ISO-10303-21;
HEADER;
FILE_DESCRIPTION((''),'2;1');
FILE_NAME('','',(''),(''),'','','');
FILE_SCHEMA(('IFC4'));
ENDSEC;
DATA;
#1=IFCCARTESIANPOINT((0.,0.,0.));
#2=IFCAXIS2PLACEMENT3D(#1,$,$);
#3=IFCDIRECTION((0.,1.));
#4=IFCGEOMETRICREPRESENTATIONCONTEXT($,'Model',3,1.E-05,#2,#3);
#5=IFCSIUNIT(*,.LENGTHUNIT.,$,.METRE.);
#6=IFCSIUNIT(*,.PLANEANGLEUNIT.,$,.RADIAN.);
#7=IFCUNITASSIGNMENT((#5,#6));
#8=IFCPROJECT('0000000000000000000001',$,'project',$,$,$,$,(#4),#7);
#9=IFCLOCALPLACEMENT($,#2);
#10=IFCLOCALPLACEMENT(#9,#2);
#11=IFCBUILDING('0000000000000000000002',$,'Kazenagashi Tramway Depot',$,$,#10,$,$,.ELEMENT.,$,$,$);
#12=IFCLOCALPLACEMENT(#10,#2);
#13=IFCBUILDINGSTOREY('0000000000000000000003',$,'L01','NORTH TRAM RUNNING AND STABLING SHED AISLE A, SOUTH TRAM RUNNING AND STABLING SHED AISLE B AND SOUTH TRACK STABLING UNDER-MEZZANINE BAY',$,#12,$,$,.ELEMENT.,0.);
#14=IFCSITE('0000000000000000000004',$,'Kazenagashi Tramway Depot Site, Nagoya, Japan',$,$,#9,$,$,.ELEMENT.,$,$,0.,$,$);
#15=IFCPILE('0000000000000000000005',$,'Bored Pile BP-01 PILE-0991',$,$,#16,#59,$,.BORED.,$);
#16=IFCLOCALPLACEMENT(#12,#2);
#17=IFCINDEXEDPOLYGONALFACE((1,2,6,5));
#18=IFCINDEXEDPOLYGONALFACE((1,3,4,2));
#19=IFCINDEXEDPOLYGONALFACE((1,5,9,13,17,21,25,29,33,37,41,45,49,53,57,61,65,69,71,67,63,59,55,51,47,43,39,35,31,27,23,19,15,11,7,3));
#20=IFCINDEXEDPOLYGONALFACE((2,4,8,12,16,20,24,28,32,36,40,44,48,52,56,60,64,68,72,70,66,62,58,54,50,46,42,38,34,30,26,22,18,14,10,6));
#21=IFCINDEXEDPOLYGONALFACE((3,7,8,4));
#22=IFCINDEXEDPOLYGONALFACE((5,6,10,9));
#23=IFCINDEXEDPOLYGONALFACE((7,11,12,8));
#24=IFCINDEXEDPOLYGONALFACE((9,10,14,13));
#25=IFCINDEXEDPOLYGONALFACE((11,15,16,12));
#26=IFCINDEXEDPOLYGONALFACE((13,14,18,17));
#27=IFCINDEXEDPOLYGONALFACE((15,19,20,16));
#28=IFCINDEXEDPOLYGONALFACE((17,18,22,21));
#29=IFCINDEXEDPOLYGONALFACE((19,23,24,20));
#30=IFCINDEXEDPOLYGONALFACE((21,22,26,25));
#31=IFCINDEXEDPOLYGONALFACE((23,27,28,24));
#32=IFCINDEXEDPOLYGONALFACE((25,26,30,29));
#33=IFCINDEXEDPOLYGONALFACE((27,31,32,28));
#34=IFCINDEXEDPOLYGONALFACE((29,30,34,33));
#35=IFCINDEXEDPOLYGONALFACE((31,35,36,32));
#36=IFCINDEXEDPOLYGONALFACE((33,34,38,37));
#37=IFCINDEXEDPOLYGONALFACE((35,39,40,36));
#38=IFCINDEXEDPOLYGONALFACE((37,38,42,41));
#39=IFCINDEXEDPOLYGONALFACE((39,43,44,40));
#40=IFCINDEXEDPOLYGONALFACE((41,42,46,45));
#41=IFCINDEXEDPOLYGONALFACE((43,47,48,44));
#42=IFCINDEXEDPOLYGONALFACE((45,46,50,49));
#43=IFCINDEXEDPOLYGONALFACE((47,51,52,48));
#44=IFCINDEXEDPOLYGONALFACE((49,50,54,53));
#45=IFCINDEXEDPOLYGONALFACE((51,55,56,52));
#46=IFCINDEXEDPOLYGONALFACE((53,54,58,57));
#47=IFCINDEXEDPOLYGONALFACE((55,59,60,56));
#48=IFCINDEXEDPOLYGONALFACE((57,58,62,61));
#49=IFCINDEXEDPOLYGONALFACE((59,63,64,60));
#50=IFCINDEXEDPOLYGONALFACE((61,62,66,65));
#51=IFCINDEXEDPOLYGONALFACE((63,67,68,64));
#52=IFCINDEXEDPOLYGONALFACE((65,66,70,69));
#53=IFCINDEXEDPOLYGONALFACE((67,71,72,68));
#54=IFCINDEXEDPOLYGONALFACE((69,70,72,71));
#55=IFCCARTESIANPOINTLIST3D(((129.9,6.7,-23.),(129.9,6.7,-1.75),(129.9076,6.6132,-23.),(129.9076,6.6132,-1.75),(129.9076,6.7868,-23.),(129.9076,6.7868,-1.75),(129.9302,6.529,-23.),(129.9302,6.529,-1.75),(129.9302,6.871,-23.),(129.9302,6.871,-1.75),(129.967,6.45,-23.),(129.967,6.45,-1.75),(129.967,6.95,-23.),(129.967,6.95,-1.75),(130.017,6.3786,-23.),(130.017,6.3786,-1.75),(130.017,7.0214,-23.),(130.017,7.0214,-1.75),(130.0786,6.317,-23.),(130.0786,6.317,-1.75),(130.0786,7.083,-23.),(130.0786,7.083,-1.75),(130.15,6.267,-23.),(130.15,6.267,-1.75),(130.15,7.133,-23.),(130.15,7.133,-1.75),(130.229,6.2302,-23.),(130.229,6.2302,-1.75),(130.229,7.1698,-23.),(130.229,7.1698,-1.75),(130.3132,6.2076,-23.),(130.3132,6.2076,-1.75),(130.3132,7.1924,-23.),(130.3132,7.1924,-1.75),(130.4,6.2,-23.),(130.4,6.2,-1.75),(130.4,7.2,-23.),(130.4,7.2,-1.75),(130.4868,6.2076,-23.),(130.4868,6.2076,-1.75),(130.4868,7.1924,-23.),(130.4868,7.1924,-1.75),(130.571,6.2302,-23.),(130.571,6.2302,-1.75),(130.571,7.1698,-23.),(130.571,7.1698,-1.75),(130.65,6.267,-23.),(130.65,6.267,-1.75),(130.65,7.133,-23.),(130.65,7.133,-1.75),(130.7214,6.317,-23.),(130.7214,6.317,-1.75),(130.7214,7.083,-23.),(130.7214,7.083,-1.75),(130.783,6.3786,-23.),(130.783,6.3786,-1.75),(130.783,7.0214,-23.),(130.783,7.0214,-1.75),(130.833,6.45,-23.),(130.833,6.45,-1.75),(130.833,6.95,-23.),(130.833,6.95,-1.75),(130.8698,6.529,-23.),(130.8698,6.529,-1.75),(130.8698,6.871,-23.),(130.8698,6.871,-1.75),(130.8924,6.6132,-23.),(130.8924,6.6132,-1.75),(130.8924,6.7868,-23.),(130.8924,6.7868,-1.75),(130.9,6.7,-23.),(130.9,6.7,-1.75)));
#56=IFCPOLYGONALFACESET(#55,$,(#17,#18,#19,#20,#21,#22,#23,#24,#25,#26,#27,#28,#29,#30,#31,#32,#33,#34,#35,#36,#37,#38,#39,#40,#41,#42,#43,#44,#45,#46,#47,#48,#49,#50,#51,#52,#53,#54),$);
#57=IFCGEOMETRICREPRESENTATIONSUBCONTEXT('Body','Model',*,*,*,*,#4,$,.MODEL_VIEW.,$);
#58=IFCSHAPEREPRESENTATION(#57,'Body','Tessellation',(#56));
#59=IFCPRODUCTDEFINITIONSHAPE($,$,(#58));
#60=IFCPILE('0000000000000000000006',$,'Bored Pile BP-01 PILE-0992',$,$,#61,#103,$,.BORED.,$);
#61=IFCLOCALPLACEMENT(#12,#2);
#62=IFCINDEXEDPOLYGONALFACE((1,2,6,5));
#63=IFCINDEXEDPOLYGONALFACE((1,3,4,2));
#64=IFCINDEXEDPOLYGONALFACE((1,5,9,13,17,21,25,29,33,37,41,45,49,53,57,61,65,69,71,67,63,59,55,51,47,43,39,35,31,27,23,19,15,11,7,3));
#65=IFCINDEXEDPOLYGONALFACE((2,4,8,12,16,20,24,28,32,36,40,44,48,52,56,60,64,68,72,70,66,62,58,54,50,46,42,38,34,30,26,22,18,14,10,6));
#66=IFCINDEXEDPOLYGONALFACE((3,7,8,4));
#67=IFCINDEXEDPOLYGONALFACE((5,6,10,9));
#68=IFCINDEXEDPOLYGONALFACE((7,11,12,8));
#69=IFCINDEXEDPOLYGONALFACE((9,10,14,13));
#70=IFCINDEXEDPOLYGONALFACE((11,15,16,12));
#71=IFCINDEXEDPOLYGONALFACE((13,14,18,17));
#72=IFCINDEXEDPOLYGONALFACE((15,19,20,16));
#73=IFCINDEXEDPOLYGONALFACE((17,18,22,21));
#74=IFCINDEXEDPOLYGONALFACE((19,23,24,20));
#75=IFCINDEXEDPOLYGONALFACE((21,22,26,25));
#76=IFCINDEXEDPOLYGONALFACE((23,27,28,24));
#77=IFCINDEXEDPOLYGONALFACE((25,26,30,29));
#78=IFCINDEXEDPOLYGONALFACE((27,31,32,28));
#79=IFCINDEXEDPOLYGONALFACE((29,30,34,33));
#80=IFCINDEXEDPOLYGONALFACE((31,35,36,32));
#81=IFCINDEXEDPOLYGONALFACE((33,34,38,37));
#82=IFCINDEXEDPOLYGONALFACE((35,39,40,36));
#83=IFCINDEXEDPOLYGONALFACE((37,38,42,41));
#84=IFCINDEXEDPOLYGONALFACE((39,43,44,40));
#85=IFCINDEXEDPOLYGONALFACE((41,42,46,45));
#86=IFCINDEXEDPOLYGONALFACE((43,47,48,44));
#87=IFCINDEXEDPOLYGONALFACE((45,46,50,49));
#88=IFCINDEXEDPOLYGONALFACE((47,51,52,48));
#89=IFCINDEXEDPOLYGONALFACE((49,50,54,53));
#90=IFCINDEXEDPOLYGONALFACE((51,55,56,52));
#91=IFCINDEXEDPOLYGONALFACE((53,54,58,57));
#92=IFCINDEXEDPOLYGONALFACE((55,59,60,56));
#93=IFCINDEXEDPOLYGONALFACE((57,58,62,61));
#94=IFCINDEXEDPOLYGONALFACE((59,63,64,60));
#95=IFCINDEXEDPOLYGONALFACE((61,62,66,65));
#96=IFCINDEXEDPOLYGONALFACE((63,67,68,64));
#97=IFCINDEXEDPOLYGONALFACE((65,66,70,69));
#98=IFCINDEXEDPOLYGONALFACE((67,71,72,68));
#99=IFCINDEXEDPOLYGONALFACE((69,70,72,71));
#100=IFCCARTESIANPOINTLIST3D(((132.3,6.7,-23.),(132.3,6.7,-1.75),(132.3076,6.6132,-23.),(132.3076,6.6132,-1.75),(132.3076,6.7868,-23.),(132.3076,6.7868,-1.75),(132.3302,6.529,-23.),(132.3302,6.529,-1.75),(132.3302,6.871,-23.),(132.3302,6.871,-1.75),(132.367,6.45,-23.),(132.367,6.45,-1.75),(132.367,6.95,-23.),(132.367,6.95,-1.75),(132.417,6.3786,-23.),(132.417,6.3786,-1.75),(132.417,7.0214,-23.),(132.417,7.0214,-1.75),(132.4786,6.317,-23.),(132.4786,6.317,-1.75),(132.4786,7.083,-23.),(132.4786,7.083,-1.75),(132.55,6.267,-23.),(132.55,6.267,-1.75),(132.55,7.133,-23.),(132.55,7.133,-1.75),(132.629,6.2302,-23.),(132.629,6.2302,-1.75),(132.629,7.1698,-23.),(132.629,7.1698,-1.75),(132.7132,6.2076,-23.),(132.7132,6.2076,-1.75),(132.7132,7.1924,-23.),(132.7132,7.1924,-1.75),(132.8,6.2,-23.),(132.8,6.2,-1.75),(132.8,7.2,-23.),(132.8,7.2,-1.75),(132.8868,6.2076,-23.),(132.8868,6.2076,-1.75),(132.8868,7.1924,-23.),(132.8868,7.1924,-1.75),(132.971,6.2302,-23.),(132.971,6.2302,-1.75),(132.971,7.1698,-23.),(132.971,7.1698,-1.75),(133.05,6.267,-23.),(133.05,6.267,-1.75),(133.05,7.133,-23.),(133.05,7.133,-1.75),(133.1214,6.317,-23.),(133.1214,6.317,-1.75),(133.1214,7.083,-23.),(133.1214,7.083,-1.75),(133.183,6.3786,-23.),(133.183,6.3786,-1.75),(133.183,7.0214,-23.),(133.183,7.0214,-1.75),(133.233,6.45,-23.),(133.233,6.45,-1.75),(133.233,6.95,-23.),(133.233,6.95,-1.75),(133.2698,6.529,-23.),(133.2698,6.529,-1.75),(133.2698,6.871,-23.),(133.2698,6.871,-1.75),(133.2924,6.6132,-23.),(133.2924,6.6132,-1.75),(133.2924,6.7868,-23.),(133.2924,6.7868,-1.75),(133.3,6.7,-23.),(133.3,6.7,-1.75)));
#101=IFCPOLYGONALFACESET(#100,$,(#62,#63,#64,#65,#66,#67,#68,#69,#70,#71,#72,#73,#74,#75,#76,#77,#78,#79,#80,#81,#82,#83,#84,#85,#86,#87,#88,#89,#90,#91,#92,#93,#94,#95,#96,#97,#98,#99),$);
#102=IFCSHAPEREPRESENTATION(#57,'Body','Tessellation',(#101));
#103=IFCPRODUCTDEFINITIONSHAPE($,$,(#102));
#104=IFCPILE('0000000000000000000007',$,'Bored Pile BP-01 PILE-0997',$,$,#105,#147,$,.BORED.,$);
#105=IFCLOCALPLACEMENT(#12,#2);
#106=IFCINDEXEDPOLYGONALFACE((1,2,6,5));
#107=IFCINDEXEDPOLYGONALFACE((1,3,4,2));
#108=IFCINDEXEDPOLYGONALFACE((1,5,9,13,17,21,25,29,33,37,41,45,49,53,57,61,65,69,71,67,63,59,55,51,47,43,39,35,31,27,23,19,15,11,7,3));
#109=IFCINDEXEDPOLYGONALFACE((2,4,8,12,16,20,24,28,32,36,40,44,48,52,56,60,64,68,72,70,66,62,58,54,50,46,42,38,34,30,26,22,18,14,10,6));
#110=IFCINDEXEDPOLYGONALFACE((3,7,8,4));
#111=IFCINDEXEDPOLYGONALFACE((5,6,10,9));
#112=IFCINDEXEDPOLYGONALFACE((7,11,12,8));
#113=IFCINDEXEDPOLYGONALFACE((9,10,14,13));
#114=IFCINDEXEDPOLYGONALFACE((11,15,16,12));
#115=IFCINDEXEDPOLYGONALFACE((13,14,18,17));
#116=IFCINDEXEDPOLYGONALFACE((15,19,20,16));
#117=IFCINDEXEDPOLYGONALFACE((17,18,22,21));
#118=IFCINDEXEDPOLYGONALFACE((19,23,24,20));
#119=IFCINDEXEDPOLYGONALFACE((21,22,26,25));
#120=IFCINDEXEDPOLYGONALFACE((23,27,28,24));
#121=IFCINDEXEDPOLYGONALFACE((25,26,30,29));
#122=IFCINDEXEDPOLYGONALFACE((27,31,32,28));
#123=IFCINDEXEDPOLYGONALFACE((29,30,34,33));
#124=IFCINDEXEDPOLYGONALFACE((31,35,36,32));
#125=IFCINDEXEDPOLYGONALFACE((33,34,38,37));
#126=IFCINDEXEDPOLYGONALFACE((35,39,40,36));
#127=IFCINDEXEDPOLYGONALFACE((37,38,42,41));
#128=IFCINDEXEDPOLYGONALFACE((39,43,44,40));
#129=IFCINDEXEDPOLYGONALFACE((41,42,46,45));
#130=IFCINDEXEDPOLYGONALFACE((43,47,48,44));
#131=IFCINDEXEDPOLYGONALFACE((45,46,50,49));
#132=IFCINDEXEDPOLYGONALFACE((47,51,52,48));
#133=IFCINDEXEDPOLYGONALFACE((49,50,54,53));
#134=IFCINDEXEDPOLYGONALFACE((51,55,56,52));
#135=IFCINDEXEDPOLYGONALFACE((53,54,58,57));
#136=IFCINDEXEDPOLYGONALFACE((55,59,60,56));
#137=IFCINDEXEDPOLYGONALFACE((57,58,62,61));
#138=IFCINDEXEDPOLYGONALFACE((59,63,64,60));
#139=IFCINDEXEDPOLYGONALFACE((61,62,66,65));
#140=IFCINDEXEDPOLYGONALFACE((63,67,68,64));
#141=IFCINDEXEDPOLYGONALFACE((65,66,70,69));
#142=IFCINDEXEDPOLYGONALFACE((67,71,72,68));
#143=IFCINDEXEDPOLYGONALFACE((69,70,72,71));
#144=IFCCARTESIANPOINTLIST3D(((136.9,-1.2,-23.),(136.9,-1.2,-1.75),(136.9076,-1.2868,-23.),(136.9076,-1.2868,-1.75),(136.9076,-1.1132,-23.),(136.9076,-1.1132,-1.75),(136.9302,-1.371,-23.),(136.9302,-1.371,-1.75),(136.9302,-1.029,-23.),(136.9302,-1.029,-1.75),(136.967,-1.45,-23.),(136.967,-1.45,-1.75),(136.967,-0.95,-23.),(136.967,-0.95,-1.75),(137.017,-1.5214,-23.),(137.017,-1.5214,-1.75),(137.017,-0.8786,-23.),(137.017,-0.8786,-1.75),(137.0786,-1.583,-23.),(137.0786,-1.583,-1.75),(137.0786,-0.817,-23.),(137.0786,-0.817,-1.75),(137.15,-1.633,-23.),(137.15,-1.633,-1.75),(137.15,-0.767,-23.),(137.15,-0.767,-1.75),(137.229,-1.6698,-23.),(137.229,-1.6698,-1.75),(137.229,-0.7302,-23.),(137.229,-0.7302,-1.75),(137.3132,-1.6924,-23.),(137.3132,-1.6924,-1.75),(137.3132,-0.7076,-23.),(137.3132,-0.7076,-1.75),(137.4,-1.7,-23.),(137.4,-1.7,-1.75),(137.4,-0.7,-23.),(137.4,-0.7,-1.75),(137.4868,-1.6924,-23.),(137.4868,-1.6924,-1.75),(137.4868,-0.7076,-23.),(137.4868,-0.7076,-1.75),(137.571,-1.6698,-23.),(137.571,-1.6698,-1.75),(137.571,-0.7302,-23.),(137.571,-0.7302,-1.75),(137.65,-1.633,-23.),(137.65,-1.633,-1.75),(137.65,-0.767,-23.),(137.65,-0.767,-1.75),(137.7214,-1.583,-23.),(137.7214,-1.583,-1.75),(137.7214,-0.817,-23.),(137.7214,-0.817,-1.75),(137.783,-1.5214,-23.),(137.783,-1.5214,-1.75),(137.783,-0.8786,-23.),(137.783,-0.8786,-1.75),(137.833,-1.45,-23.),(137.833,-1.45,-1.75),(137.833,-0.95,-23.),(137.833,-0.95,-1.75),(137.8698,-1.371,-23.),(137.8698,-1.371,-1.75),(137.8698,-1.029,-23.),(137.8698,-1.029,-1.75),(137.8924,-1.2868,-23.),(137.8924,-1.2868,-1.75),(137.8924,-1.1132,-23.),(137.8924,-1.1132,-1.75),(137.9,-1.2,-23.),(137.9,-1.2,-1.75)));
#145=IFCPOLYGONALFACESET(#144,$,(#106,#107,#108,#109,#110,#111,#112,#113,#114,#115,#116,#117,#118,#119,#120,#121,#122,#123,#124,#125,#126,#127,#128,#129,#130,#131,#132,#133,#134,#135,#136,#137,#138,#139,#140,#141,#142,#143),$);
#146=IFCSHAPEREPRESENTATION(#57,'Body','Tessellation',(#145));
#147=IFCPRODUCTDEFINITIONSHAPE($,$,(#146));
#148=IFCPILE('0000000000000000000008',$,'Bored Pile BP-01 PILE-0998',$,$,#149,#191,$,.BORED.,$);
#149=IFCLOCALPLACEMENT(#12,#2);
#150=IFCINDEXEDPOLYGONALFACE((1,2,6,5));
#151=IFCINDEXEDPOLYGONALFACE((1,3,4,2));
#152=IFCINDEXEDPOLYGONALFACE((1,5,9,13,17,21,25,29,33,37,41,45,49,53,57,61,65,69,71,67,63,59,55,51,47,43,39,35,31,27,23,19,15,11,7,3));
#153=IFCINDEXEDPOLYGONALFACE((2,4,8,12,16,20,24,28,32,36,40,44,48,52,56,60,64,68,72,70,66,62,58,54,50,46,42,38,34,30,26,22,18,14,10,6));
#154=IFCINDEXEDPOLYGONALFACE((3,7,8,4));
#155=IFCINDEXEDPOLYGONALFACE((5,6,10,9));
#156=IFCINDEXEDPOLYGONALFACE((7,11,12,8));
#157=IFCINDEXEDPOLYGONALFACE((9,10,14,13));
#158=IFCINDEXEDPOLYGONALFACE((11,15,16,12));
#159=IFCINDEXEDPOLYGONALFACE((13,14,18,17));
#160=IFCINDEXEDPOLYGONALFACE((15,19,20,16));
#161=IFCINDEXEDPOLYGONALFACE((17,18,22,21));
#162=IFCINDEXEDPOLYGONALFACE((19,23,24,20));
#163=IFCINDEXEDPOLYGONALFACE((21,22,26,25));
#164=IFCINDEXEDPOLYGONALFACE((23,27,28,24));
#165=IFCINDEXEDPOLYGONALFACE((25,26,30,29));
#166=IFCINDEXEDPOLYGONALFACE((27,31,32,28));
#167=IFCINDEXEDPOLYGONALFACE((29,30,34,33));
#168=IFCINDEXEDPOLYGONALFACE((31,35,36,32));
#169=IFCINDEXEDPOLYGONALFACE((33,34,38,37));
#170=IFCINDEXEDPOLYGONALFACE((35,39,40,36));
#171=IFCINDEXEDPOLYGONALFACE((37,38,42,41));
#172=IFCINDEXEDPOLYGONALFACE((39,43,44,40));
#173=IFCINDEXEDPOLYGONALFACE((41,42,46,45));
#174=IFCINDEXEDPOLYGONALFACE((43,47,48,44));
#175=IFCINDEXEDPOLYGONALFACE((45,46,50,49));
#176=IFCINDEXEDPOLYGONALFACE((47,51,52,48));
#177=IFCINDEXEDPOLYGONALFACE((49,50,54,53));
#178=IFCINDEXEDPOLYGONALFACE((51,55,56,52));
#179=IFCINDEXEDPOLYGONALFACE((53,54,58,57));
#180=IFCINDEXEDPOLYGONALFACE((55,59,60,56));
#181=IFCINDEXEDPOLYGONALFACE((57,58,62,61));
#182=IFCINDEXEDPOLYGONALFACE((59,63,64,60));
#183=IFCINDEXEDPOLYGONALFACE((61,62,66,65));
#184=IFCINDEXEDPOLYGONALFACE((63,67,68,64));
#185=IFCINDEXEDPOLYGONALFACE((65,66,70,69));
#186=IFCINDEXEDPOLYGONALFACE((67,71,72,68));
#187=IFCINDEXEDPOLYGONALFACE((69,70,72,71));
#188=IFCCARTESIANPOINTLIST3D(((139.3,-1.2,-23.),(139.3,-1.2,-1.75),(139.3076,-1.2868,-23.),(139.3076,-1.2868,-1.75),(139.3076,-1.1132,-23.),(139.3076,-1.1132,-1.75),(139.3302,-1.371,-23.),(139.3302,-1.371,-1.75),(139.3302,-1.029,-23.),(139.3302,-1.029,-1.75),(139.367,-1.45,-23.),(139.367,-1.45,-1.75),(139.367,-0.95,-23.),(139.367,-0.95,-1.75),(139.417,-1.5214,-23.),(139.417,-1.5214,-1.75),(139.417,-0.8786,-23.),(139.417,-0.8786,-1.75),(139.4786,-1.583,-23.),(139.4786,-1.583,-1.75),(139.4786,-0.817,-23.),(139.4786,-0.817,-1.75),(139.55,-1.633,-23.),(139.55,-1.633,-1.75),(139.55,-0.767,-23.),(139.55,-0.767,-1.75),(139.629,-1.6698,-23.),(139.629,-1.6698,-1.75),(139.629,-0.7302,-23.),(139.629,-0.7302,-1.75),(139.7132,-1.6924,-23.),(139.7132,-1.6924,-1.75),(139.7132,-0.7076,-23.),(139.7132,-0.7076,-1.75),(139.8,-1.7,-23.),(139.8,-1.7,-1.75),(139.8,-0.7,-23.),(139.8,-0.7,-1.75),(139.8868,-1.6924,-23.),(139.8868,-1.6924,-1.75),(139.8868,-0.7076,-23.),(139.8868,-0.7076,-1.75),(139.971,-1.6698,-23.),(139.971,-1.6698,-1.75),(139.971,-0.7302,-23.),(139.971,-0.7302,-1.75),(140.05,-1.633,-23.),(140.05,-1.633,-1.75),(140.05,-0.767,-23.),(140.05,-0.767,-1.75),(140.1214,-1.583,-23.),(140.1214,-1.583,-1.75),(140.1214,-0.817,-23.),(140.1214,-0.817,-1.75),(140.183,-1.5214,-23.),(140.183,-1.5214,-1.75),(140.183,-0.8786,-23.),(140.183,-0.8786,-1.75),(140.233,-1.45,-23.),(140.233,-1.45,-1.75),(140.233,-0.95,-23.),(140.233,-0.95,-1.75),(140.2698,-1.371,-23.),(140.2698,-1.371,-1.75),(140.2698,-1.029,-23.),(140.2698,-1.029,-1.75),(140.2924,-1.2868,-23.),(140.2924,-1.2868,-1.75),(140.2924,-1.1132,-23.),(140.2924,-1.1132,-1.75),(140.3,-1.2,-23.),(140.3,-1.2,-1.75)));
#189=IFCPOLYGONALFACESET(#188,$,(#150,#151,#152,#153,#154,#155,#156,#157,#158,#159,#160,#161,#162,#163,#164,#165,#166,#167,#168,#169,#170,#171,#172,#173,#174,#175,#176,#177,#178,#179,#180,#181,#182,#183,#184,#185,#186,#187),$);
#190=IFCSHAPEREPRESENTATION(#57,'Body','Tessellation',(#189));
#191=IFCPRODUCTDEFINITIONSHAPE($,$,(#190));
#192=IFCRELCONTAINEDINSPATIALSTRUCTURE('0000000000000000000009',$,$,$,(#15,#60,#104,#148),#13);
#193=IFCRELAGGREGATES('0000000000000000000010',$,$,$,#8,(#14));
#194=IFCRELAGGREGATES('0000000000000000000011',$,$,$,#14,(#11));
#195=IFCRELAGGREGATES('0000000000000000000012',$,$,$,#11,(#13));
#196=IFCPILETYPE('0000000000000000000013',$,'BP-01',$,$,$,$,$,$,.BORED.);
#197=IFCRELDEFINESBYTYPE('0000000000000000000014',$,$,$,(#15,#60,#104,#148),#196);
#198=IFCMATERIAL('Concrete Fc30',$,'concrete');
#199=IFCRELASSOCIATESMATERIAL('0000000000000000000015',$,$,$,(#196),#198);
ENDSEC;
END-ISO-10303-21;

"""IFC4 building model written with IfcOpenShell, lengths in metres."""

from ifc_helpers import new_model, si_unit, direction, frame, origin, origin_2d, place, context, subcontext, project, spatial, circle, extrude, material, material_profile, profile_set, type_object, element, save


model = new_model("IFC4")

# Units and contexts
model_context = context("Model", 3, precision=1e-05, world=origin(), true_north=direction((0.0, 1.0)))
body_context = subcontext(model_context, "Body", "Model", "MODEL_VIEW")
ifc_project = project(units=[si_unit("LENGTHUNIT", "METRE"), si_unit("PLANEANGLEUNIT", "RADIAN")], contexts=[model_context])

# Site, building, storey
site_placement = place(None, origin())
site = spatial("IfcSite", under=ifc_project, at=site_placement, Name="Kazenagashi Tramway Depot Site, Nagoya, Japan", CompositionType="ELEMENT", RefElevation=0.0)
building_placement = place(site_placement, origin())
building = spatial("IfcBuilding", under=site, at=building_placement, Name="Kazenagashi Tramway Depot", CompositionType="ELEMENT")
storey_placement = place(building_placement, origin())
storey = spatial("IfcBuildingStorey", under=building, at=storey_placement, Name="L01", Description="NORTH TRAM RUNNING AND STABLING SHED AISLE A, SOUTH TRAM RUNNING AND STABLING SHED AISLE B AND SOUTH TRACK STABLING UNDER-MEZZANINE BAY", CompositionType="ELEMENT", Elevation=0.0)

# Piles
ifc_material_1 = material(Name="Concrete Fc30", Category="concrete")
ifc_material_profile_1 = material_profile(ifc_material_1, circle(Radius=0.5, at=origin_2d()), Name="PILE-1000")
ifc_profile_set_1 = profile_set([ifc_material_profile_1], Name="Concrete Fc30")
pile_type = type_object("IfcPileType", Name="BP-01", PredefinedType="BORED", material=ifc_profile_set_1)
for number, where, z_axis, x_axis, name in (
    (1, (130.4, 6.7, -1.75), (0.0, 0.0, -1.0), (1.0, 0.0, 0.0), "Bored Pile BP-01 PILE-0991"),
    (2, (132.8, 6.7, -1.75), (0.0, 0.0, -1.0), (1.0, 0.0, 0.0), "Bored Pile BP-01 PILE-0992"),
    (3, (137.4, -1.2, -1.75), (0.0, 0.0, -1.0), (1.0, 0.0, 0.0), "Bored Pile BP-01 PILE-0997"),
    (4, (139.8, -1.2, -1.75), (0.0, 0.0, -1.0), (1.0, 0.0, 0.0), "Bored Pile BP-01 PILE-0998"),
):
    element("IfcPile", number, at=place(storey_placement, frame(where, z_axis=z_axis, x_axis=x_axis)), inside=storey, type_object=pile_type, Name=name, PredefinedType="BORED", context=body_context, shape_type="SweptSolid", body=[
        extrude(circle(Radius=0.5, at=origin_2d()), origin(), (0.0, 0.0, 1.0), 21.25),
    ])

save(model, "model.ifc")
